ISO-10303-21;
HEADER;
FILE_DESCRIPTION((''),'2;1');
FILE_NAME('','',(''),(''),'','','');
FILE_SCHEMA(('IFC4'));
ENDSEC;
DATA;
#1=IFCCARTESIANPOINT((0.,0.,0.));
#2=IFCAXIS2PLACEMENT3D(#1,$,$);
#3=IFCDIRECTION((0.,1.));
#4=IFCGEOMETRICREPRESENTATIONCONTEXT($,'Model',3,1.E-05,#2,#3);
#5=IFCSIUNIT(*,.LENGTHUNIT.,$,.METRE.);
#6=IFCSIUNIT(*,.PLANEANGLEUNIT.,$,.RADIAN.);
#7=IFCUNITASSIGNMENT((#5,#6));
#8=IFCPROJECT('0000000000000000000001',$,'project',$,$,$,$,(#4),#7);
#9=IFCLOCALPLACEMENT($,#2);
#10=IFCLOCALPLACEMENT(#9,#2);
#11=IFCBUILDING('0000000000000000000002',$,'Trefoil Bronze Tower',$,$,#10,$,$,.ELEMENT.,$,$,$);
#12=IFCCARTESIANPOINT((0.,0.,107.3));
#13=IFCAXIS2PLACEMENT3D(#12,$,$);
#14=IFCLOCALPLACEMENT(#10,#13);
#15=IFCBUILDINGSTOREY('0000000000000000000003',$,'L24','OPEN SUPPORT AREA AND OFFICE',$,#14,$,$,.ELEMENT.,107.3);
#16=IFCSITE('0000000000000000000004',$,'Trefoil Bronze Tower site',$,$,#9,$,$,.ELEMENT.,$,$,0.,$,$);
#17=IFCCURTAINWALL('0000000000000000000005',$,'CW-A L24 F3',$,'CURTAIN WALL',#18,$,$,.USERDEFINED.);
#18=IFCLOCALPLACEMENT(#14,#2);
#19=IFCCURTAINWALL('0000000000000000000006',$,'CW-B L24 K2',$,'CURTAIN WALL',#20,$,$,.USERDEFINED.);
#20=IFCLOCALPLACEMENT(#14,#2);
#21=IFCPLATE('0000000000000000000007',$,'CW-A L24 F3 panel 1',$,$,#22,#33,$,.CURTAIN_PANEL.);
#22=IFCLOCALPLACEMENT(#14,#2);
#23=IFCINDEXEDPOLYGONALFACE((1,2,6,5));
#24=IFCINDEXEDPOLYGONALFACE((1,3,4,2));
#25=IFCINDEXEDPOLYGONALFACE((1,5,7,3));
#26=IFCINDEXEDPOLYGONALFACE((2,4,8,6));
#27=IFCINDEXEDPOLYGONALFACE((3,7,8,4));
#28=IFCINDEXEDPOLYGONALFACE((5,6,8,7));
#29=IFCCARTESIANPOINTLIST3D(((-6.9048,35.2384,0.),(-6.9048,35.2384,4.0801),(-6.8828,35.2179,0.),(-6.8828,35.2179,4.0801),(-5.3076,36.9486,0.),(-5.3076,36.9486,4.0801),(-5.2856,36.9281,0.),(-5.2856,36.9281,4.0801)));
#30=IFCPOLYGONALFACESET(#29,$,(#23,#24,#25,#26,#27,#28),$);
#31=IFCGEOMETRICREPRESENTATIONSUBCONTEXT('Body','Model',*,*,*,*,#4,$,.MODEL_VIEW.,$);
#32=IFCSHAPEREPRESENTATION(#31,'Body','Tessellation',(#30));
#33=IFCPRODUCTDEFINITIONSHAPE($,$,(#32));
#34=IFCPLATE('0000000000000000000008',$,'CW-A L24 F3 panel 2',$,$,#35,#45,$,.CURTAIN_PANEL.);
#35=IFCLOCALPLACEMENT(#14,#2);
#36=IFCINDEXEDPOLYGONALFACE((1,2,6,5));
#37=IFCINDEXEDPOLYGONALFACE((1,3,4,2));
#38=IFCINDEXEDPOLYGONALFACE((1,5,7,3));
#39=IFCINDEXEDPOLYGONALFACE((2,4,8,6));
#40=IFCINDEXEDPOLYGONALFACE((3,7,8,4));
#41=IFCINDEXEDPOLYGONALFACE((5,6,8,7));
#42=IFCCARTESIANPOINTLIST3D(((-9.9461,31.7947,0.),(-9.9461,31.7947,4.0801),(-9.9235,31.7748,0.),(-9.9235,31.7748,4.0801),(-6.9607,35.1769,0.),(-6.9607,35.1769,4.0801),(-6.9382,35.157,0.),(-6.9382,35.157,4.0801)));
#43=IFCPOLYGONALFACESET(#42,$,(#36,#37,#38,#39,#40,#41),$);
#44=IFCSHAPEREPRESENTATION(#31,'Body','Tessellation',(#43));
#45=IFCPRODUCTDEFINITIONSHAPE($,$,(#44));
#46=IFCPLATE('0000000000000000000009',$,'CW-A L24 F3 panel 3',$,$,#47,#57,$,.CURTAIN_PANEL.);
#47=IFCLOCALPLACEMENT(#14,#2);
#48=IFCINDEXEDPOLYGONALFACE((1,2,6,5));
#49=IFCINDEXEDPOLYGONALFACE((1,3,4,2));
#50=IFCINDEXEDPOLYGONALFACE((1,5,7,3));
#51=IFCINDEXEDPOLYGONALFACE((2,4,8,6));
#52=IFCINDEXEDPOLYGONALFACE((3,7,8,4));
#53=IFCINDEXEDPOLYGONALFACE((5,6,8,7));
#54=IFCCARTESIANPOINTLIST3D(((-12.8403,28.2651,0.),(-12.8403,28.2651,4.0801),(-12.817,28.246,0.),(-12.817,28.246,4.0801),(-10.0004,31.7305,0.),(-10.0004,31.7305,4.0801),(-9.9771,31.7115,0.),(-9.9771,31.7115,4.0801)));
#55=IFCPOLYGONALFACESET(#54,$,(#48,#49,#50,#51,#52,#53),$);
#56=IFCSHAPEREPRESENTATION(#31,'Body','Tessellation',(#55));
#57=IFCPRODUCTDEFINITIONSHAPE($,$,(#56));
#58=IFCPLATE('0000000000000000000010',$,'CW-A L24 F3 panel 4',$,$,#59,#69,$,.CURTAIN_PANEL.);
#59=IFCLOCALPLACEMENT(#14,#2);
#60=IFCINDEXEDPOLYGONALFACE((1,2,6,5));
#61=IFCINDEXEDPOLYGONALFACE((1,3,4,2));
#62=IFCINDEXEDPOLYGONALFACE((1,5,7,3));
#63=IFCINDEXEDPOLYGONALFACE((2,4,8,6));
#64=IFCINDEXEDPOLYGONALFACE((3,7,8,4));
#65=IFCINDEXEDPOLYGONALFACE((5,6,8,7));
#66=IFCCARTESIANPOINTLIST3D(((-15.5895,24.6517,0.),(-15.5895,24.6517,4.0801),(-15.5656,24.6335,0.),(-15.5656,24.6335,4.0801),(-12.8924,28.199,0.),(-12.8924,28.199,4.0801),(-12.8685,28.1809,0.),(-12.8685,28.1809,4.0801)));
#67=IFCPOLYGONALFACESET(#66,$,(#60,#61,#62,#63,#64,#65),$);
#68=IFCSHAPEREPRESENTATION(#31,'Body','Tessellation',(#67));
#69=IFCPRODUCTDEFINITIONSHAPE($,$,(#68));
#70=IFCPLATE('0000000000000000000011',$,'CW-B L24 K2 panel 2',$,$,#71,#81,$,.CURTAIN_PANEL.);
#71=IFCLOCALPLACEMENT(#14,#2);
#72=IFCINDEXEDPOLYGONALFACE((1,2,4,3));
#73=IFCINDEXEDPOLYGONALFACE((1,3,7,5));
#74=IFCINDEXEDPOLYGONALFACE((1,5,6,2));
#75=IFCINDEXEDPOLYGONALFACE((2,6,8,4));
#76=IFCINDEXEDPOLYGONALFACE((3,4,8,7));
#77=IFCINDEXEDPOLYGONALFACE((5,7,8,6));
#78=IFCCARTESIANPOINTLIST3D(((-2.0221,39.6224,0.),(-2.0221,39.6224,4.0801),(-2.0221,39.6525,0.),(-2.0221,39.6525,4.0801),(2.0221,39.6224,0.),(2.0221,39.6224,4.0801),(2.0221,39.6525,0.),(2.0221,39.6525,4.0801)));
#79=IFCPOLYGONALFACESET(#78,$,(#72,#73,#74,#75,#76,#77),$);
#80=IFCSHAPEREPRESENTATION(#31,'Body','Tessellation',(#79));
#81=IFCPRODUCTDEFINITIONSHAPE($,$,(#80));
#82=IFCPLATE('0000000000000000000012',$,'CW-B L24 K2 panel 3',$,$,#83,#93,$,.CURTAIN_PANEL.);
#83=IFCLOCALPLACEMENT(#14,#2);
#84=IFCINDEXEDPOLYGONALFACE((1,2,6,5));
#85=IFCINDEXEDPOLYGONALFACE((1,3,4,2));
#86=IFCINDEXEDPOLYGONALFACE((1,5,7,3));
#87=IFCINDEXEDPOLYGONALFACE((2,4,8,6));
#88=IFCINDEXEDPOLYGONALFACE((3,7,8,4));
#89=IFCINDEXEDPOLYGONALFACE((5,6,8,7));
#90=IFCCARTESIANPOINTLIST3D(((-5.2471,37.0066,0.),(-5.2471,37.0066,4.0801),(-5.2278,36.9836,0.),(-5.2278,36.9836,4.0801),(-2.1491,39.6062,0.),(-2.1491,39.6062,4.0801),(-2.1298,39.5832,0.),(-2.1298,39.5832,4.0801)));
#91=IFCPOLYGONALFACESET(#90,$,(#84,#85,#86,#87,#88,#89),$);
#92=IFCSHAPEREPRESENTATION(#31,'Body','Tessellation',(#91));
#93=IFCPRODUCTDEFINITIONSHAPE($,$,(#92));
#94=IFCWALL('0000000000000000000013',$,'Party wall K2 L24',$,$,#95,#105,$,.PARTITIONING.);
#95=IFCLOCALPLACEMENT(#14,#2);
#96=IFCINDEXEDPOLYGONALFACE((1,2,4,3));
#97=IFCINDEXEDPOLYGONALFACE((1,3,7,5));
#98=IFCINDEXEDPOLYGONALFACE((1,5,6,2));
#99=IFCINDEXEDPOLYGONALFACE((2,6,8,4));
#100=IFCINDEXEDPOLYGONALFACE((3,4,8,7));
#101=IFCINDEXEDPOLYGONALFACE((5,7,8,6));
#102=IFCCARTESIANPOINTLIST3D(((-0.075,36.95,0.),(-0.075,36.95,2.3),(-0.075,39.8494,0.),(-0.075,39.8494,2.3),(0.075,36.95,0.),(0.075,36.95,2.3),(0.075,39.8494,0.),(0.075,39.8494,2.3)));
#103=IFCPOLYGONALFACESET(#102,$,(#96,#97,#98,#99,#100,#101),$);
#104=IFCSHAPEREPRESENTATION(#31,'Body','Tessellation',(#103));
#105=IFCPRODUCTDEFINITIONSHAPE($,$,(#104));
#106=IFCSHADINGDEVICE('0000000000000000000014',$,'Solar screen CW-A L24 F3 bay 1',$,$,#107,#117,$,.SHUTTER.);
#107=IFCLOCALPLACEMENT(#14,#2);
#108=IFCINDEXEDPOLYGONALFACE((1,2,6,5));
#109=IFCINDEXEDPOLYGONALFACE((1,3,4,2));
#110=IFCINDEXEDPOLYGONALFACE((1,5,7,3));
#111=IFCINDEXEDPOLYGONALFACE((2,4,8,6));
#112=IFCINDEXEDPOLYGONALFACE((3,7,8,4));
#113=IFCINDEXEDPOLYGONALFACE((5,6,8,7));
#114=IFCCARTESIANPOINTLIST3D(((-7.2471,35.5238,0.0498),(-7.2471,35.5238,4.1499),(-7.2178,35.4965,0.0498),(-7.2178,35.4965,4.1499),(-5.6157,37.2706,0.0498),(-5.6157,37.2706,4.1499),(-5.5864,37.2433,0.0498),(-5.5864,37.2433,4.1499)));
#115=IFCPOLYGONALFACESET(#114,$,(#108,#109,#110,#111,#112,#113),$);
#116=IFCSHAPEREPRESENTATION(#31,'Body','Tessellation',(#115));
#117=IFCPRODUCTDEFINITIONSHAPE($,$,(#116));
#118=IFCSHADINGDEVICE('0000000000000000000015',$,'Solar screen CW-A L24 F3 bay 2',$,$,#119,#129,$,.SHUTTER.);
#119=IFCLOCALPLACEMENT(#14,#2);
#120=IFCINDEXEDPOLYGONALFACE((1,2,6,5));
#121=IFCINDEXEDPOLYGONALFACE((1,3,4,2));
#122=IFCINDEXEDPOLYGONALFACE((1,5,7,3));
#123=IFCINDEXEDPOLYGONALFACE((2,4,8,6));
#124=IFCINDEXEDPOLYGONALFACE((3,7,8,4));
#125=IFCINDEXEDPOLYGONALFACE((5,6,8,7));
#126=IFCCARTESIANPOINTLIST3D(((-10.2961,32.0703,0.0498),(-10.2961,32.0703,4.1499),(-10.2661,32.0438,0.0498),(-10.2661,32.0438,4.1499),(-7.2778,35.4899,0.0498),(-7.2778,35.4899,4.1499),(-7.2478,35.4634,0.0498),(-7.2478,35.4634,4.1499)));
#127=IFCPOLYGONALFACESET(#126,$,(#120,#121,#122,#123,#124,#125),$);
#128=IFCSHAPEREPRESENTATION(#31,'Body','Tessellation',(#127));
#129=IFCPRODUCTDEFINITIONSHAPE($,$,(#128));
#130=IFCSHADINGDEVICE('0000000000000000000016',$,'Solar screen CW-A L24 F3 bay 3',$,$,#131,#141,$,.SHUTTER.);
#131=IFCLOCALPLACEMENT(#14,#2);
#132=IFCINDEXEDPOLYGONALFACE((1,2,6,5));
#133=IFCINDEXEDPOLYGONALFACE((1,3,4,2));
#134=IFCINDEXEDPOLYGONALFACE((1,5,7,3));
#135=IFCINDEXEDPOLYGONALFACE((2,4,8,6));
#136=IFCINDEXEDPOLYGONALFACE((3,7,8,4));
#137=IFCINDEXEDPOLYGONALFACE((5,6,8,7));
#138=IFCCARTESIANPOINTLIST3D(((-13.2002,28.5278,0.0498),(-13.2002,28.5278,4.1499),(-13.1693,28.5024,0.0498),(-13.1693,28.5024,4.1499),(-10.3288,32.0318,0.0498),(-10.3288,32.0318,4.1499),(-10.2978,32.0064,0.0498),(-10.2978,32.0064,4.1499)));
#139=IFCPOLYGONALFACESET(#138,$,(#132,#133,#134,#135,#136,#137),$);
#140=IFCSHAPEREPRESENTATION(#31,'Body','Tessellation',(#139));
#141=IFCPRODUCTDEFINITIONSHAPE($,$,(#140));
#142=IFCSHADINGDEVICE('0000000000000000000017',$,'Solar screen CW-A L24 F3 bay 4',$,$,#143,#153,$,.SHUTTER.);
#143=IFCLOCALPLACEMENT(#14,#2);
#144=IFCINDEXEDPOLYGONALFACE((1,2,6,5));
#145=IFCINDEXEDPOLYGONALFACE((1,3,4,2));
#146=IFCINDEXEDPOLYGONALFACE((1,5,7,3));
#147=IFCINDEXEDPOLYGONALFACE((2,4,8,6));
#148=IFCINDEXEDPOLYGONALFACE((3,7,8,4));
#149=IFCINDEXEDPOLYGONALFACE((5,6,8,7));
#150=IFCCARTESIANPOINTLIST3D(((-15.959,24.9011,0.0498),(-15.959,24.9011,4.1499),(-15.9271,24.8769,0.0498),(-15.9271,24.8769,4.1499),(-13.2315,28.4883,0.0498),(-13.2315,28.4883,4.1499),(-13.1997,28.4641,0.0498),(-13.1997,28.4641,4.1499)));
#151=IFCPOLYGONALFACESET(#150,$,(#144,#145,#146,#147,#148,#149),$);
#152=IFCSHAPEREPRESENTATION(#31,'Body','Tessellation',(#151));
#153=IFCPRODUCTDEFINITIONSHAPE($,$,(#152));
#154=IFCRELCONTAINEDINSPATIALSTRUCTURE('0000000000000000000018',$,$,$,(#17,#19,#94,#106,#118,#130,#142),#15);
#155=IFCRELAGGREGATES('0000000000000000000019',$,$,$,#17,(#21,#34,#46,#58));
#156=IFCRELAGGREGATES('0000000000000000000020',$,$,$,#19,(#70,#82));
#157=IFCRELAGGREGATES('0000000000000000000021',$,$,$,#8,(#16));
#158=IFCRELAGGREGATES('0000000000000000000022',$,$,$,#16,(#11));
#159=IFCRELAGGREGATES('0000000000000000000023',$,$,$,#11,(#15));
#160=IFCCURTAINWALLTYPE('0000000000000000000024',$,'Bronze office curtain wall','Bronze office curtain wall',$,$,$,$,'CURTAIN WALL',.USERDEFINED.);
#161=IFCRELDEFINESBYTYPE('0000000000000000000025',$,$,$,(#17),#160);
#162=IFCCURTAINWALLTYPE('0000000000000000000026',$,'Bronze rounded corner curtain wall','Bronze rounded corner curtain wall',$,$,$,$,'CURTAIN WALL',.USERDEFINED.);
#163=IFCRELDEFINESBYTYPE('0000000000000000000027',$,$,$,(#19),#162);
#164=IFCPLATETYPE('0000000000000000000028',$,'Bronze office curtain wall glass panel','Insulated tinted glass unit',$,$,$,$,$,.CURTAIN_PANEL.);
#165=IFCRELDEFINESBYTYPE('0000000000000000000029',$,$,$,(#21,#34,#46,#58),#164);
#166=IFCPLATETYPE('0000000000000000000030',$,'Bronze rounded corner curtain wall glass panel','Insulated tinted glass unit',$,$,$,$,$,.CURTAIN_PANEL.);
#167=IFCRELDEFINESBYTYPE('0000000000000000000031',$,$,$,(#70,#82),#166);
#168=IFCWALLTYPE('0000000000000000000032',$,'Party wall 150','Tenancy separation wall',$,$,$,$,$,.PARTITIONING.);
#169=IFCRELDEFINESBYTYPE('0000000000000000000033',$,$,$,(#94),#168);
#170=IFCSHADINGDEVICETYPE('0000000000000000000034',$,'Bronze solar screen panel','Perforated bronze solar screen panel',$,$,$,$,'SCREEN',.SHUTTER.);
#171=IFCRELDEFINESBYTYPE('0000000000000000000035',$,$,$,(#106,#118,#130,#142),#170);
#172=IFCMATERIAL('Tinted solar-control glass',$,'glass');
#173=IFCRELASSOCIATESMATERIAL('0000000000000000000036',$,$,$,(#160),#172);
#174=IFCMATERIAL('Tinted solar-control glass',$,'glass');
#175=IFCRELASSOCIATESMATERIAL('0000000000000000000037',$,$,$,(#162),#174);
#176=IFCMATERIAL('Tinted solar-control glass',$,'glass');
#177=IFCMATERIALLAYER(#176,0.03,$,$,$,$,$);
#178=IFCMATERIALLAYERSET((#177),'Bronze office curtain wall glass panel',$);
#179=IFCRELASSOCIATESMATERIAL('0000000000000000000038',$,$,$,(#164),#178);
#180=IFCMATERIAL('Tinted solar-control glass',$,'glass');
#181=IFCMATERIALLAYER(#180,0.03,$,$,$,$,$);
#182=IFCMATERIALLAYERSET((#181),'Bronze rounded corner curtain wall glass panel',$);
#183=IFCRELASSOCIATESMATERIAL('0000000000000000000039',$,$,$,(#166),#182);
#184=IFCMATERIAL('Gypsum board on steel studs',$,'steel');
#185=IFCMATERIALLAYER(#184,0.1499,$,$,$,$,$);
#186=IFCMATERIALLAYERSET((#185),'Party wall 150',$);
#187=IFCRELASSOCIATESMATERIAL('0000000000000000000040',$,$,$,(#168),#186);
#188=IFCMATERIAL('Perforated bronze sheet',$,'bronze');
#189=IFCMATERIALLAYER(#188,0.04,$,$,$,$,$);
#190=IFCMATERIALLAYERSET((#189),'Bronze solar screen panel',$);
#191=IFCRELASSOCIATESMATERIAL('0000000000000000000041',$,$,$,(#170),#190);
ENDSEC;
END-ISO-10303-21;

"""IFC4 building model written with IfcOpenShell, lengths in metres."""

from ifc_helpers import new_model, si_unit, direction, frame, frame_2d, origin, origin_2d, place, context, subcontext, project, spatial, rectangle, extrude, material, layer, layer_set, type_object, element, aggregate, save


model = new_model("IFC4")

# Units and contexts
model_context = context("Model", 3, precision=1e-05, world=origin(), true_north=direction((0.0, 1.0)))
body_context = subcontext(model_context, "Body", "Model", "MODEL_VIEW")
ifc_project = project(units=[si_unit("LENGTHUNIT", "METRE"), si_unit("PLANEANGLEUNIT", "RADIAN")], contexts=[model_context])

# Site, building, storey
site_placement = place(None, origin())
site = spatial("IfcSite", under=ifc_project, at=site_placement, Name="Trefoil Bronze Tower site", CompositionType="ELEMENT", RefElevation=0.0)
building_placement = place(site_placement, origin())
building = spatial("IfcBuilding", under=site, at=building_placement, Name="Trefoil Bronze Tower", CompositionType="ELEMENT")
storey_placement = place(building_placement, frame((0.0, 0.0, 107.3)))
storey = spatial("IfcBuildingStorey", under=building, at=storey_placement, Name="L24", Description="OPEN SUPPORT AREA AND OFFICE", CompositionType="ELEMENT", Elevation=107.3)

# Curtain walls
ifc_material_1 = material(Name="Tinted solar-control glass", Category="glass")
curtain_wall_type_1 = type_object("IfcCurtainWallType", Name="Bronze office curtain wall", Description="Bronze office curtain wall", ElementType="CURTAIN WALL", PredefinedType="USERDEFINED", material=ifc_material_1)
curtain_wall_1_placement = place(storey_placement, origin())
curtain_wall_1 = element("IfcCurtainWall", 1, at=curtain_wall_1_placement, inside=storey, type_object=curtain_wall_type_1, Name="CW-A L24 F3", ObjectType="CURTAIN WALL", PredefinedType="USERDEFINED")
ifc_material_2 = material(Name="Tinted solar-control glass", Category="glass")
curtain_wall_type_2 = type_object("IfcCurtainWallType", Name="Bronze rounded corner curtain wall", Description="Bronze rounded corner curtain wall", ElementType="CURTAIN WALL", PredefinedType="USERDEFINED", material=ifc_material_2)
curtain_wall_2_placement = place(storey_placement, origin())
curtain_wall_2 = element("IfcCurtainWall", 2, at=curtain_wall_2_placement, inside=storey, type_object=curtain_wall_type_2, Name="CW-B L24 K2", ObjectType="CURTAIN WALL", PredefinedType="USERDEFINED")

# Plates
ifc_material_3 = material(Name="Tinted solar-control glass", Category="glass")
ifc_layer_1 = layer(ifc_material_3, 0.03)
ifc_layer_set_1 = layer_set([ifc_layer_1], Name="Bronze office curtain wall glass panel")
plate_type_1 = type_object("IfcPlateType", Name="Bronze office curtain wall glass panel", Description="Insulated tinted glass unit", PredefinedType="CURTAIN_PANEL", material=ifc_layer_set_1)
plate_1_placement = place(storey_placement, frame((-6.0952, 36.0833, 0.0), z_axis=(0.0, 0.0, 1.0), x_axis=(-0.682536, -0.730852, 0.0)))
plate_1 = element("IfcPlate", 3, at=plate_1_placement, type_object=plate_type_1, Name="CW-A L24 F3 panel 1", PredefinedType="CURTAIN_PANEL", context=body_context, shape_type="SweptSolid", body=[
    extrude(rectangle(XDim=2.3401, YDim=0.03, at=origin_2d()), origin(), (0.0, 0.0, 1.0), 4.0801),
])
plate_2_placement = place(storey_placement, frame((-8.4421, 33.4758, 0.0), z_axis=(0.0, 0.0, 1.0), x_axis=(-0.661751, -0.749723, 0.0)))
plate_2 = element("IfcPlate", 4, at=plate_2_placement, type_object=plate_type_1, Name="CW-A L24 F3 panel 2", PredefinedType="CURTAIN_PANEL", context=body_context, shape_type="SweptSolid", body=[
    extrude(rectangle(XDim=4.5112, YDim=0.03, at=origin_2d()), origin(), (0.0, 0.0, 1.0), 4.0801),
])
plate_3_placement = place(storey_placement, frame((-11.4087, 29.9883, 0.0), z_axis=(0.0, 0.0, 1.0), x_axis=(-0.63384, -0.773464, 0.0)))
plate_3 = element("IfcPlate", 5, at=plate_3_placement, type_object=plate_type_1, Name="CW-A L24 F3 panel 3", PredefinedType="CURTAIN_PANEL", context=body_context, shape_type="SweptSolid", body=[
    extrude(rectangle(XDim=4.4805, YDim=0.03, at=origin_2d()), origin(), (0.0, 0.0, 1.0), 4.0801),
])
plate_4_placement = place(storey_placement, frame((-14.229, 26.4163, 0.0), z_axis=(0.0, 0.0, 1.0), x_axis=(-0.605252, -0.796034, 0.0)))
plate_4 = element("IfcPlate", 6, at=plate_4_placement, type_object=plate_type_1, Name="CW-A L24 F3 panel 4", PredefinedType="CURTAIN_PANEL", context=body_context, shape_type="SweptSolid", body=[
    extrude(rectangle(XDim=4.4563, YDim=0.03, at=origin_2d()), origin(), (0.0, 0.0, 1.0), 4.0801),
])
aggregate(curtain_wall_1, [plate_1, plate_2, plate_3, plate_4])
ifc_material_4 = material(Name="Tinted solar-control glass", Category="glass")
ifc_layer_2 = layer(ifc_material_4, 0.03)
ifc_layer_set_2 = layer_set([ifc_layer_2], Name="Bronze rounded corner curtain wall glass panel")
plate_type_2 = type_object("IfcPlateType", Name="Bronze rounded corner curtain wall glass panel", Description="Insulated tinted glass unit", PredefinedType="CURTAIN_PANEL", material=ifc_layer_set_2)
plate_5_placement = place(storey_placement, frame((0.0, 39.6375, 0.0), z_axis=(0.0, 0.0, 1.0), x_axis=(-1.0, 0.0, 0.0)))
plate_5 = element("IfcPlate", 7, at=plate_5_placement, type_object=plate_type_2, Name="CW-B L24 K2 panel 2", PredefinedType="CURTAIN_PANEL", context=body_context, shape_type="SweptSolid", body=[
    extrude(rectangle(XDim=4.0442, YDim=0.03, at=origin_2d()), origin(), (0.0, 0.0, 1.0), 4.0801),
])
plate_6_placement = place(storey_placement, frame((-3.6885, 38.2949, 0.0), z_axis=(0.0, 0.0, 1.0), x_axis=(-0.766044, -0.642788, 0.0)))
plate_6 = element("IfcPlate", 8, at=plate_6_placement, type_object=plate_type_2, Name="CW-B L24 K2 panel 3", PredefinedType="CURTAIN_PANEL", context=body_context, shape_type="SweptSolid", body=[
    extrude(rectangle(XDim=4.0442, YDim=0.03, at=origin_2d()), origin(), (0.0, 0.0, 1.0), 4.0801),
])
aggregate(curtain_wall_2, [plate_5, plate_6])

# Wall
ifc_material_5 = material(Name="Gypsum board on steel studs", Category="steel")
ifc_layer_3 = layer(ifc_material_5, 0.1499)
ifc_layer_set_3 = layer_set([ifc_layer_3], Name="Party wall 150")
wall_type = type_object("IfcWallType", Name="Party wall 150", Description="Tenancy separation wall", PredefinedType="PARTITIONING", material=ifc_layer_set_3)
wall_placement = place(storey_placement, frame((0.0, 36.95, 0.0), z_axis=(0.0, 0.0, 1.0), x_axis=(0.0, 1.0, 0.0)))
element("IfcWall", 9, at=wall_placement, inside=storey, type_object=wall_type, Name="Party wall K2 L24", PredefinedType="PARTITIONING", context=body_context, shape_type="SweptSolid", body=[
    extrude(rectangle(XDim=2.8994, YDim=0.1499, at=frame_2d((1.4497, 0.0))), origin(), (0.0, 0.0, 1.0), 2.3),
])

# Shading devices
ifc_material_6 = material(Name="Perforated bronze sheet", Category="bronze")
ifc_layer_4 = layer(ifc_material_6, 0.04)
ifc_layer_set_4 = layer_set([ifc_layer_4], Name="Bronze solar screen panel")
shading_device_type = type_object("IfcShadingDeviceType", Name="Bronze solar screen panel", Description="Perforated bronze solar screen panel", ElementType="SCREEN", PredefinedType="SHUTTER", material=ifc_layer_set_4)
shading_device_1_placement = place(storey_placement, frame((-6.4167, 36.3835, 0.0498), z_axis=(0.0, 0.0, 1.0), x_axis=(-0.682536, -0.730852, 0.0)))
element("IfcShadingDevice", 10, at=shading_device_1_placement, inside=storey, type_object=shading_device_type, Name="Solar screen CW-A L24 F3 bay 1", PredefinedType="SHUTTER", context=body_context, shape_type="SweptSolid", body=[
    extrude(rectangle(XDim=2.3901, YDim=0.04, at=origin_2d()), origin(), (0.0, 0.0, 1.0), 4.1001),
])
shading_device_2_placement = place(storey_placement, frame((-8.772, 33.7668, 0.0498), z_axis=(0.0, 0.0, 1.0), x_axis=(-0.661751, -0.749723, 0.0)))
element("IfcShadingDevice", 11, at=shading_device_2_placement, inside=storey, type_object=shading_device_type, Name="Solar screen CW-A L24 F3 bay 2", PredefinedType="SHUTTER", context=body_context, shape_type="SweptSolid", body=[
    extrude(rectangle(XDim=4.561, YDim=0.04, at=origin_2d()), origin(), (0.0, 0.0, 1.0), 4.1001),
])
shading_device_3_placement = place(storey_placement, frame((-11.749, 30.2671, 0.0498), z_axis=(0.0, 0.0, 1.0), x_axis=(-0.63384, -0.773464, 0.0)))
element("IfcShadingDevice", 12, at=shading_device_3_placement, inside=storey, type_object=shading_device_type, Name="Solar screen CW-A L24 F3 bay 3", PredefinedType="SHUTTER", context=body_context, shape_type="SweptSolid", body=[
    extrude(rectangle(XDim=4.5303, YDim=0.04, at=origin_2d()), origin(), (0.0, 0.0, 1.0), 4.1001),
])
shading_device_4_placement = place(storey_placement, frame((-14.5793, 26.6826, 0.0498), z_axis=(0.0, 0.0, 1.0), x_axis=(-0.605252, -0.796034, 0.0)))
element("IfcShadingDevice", 13, at=shading_device_4_placement, inside=storey, type_object=shading_device_type, Name="Solar screen CW-A L24 F3 bay 4", PredefinedType="SHUTTER", context=body_context, shape_type="SweptSolid", body=[
    extrude(rectangle(XDim=4.5063, YDim=0.04, at=origin_2d()), origin(), (0.0, 0.0, 1.0), 4.1001),
])

save(model, "model.ifc")
